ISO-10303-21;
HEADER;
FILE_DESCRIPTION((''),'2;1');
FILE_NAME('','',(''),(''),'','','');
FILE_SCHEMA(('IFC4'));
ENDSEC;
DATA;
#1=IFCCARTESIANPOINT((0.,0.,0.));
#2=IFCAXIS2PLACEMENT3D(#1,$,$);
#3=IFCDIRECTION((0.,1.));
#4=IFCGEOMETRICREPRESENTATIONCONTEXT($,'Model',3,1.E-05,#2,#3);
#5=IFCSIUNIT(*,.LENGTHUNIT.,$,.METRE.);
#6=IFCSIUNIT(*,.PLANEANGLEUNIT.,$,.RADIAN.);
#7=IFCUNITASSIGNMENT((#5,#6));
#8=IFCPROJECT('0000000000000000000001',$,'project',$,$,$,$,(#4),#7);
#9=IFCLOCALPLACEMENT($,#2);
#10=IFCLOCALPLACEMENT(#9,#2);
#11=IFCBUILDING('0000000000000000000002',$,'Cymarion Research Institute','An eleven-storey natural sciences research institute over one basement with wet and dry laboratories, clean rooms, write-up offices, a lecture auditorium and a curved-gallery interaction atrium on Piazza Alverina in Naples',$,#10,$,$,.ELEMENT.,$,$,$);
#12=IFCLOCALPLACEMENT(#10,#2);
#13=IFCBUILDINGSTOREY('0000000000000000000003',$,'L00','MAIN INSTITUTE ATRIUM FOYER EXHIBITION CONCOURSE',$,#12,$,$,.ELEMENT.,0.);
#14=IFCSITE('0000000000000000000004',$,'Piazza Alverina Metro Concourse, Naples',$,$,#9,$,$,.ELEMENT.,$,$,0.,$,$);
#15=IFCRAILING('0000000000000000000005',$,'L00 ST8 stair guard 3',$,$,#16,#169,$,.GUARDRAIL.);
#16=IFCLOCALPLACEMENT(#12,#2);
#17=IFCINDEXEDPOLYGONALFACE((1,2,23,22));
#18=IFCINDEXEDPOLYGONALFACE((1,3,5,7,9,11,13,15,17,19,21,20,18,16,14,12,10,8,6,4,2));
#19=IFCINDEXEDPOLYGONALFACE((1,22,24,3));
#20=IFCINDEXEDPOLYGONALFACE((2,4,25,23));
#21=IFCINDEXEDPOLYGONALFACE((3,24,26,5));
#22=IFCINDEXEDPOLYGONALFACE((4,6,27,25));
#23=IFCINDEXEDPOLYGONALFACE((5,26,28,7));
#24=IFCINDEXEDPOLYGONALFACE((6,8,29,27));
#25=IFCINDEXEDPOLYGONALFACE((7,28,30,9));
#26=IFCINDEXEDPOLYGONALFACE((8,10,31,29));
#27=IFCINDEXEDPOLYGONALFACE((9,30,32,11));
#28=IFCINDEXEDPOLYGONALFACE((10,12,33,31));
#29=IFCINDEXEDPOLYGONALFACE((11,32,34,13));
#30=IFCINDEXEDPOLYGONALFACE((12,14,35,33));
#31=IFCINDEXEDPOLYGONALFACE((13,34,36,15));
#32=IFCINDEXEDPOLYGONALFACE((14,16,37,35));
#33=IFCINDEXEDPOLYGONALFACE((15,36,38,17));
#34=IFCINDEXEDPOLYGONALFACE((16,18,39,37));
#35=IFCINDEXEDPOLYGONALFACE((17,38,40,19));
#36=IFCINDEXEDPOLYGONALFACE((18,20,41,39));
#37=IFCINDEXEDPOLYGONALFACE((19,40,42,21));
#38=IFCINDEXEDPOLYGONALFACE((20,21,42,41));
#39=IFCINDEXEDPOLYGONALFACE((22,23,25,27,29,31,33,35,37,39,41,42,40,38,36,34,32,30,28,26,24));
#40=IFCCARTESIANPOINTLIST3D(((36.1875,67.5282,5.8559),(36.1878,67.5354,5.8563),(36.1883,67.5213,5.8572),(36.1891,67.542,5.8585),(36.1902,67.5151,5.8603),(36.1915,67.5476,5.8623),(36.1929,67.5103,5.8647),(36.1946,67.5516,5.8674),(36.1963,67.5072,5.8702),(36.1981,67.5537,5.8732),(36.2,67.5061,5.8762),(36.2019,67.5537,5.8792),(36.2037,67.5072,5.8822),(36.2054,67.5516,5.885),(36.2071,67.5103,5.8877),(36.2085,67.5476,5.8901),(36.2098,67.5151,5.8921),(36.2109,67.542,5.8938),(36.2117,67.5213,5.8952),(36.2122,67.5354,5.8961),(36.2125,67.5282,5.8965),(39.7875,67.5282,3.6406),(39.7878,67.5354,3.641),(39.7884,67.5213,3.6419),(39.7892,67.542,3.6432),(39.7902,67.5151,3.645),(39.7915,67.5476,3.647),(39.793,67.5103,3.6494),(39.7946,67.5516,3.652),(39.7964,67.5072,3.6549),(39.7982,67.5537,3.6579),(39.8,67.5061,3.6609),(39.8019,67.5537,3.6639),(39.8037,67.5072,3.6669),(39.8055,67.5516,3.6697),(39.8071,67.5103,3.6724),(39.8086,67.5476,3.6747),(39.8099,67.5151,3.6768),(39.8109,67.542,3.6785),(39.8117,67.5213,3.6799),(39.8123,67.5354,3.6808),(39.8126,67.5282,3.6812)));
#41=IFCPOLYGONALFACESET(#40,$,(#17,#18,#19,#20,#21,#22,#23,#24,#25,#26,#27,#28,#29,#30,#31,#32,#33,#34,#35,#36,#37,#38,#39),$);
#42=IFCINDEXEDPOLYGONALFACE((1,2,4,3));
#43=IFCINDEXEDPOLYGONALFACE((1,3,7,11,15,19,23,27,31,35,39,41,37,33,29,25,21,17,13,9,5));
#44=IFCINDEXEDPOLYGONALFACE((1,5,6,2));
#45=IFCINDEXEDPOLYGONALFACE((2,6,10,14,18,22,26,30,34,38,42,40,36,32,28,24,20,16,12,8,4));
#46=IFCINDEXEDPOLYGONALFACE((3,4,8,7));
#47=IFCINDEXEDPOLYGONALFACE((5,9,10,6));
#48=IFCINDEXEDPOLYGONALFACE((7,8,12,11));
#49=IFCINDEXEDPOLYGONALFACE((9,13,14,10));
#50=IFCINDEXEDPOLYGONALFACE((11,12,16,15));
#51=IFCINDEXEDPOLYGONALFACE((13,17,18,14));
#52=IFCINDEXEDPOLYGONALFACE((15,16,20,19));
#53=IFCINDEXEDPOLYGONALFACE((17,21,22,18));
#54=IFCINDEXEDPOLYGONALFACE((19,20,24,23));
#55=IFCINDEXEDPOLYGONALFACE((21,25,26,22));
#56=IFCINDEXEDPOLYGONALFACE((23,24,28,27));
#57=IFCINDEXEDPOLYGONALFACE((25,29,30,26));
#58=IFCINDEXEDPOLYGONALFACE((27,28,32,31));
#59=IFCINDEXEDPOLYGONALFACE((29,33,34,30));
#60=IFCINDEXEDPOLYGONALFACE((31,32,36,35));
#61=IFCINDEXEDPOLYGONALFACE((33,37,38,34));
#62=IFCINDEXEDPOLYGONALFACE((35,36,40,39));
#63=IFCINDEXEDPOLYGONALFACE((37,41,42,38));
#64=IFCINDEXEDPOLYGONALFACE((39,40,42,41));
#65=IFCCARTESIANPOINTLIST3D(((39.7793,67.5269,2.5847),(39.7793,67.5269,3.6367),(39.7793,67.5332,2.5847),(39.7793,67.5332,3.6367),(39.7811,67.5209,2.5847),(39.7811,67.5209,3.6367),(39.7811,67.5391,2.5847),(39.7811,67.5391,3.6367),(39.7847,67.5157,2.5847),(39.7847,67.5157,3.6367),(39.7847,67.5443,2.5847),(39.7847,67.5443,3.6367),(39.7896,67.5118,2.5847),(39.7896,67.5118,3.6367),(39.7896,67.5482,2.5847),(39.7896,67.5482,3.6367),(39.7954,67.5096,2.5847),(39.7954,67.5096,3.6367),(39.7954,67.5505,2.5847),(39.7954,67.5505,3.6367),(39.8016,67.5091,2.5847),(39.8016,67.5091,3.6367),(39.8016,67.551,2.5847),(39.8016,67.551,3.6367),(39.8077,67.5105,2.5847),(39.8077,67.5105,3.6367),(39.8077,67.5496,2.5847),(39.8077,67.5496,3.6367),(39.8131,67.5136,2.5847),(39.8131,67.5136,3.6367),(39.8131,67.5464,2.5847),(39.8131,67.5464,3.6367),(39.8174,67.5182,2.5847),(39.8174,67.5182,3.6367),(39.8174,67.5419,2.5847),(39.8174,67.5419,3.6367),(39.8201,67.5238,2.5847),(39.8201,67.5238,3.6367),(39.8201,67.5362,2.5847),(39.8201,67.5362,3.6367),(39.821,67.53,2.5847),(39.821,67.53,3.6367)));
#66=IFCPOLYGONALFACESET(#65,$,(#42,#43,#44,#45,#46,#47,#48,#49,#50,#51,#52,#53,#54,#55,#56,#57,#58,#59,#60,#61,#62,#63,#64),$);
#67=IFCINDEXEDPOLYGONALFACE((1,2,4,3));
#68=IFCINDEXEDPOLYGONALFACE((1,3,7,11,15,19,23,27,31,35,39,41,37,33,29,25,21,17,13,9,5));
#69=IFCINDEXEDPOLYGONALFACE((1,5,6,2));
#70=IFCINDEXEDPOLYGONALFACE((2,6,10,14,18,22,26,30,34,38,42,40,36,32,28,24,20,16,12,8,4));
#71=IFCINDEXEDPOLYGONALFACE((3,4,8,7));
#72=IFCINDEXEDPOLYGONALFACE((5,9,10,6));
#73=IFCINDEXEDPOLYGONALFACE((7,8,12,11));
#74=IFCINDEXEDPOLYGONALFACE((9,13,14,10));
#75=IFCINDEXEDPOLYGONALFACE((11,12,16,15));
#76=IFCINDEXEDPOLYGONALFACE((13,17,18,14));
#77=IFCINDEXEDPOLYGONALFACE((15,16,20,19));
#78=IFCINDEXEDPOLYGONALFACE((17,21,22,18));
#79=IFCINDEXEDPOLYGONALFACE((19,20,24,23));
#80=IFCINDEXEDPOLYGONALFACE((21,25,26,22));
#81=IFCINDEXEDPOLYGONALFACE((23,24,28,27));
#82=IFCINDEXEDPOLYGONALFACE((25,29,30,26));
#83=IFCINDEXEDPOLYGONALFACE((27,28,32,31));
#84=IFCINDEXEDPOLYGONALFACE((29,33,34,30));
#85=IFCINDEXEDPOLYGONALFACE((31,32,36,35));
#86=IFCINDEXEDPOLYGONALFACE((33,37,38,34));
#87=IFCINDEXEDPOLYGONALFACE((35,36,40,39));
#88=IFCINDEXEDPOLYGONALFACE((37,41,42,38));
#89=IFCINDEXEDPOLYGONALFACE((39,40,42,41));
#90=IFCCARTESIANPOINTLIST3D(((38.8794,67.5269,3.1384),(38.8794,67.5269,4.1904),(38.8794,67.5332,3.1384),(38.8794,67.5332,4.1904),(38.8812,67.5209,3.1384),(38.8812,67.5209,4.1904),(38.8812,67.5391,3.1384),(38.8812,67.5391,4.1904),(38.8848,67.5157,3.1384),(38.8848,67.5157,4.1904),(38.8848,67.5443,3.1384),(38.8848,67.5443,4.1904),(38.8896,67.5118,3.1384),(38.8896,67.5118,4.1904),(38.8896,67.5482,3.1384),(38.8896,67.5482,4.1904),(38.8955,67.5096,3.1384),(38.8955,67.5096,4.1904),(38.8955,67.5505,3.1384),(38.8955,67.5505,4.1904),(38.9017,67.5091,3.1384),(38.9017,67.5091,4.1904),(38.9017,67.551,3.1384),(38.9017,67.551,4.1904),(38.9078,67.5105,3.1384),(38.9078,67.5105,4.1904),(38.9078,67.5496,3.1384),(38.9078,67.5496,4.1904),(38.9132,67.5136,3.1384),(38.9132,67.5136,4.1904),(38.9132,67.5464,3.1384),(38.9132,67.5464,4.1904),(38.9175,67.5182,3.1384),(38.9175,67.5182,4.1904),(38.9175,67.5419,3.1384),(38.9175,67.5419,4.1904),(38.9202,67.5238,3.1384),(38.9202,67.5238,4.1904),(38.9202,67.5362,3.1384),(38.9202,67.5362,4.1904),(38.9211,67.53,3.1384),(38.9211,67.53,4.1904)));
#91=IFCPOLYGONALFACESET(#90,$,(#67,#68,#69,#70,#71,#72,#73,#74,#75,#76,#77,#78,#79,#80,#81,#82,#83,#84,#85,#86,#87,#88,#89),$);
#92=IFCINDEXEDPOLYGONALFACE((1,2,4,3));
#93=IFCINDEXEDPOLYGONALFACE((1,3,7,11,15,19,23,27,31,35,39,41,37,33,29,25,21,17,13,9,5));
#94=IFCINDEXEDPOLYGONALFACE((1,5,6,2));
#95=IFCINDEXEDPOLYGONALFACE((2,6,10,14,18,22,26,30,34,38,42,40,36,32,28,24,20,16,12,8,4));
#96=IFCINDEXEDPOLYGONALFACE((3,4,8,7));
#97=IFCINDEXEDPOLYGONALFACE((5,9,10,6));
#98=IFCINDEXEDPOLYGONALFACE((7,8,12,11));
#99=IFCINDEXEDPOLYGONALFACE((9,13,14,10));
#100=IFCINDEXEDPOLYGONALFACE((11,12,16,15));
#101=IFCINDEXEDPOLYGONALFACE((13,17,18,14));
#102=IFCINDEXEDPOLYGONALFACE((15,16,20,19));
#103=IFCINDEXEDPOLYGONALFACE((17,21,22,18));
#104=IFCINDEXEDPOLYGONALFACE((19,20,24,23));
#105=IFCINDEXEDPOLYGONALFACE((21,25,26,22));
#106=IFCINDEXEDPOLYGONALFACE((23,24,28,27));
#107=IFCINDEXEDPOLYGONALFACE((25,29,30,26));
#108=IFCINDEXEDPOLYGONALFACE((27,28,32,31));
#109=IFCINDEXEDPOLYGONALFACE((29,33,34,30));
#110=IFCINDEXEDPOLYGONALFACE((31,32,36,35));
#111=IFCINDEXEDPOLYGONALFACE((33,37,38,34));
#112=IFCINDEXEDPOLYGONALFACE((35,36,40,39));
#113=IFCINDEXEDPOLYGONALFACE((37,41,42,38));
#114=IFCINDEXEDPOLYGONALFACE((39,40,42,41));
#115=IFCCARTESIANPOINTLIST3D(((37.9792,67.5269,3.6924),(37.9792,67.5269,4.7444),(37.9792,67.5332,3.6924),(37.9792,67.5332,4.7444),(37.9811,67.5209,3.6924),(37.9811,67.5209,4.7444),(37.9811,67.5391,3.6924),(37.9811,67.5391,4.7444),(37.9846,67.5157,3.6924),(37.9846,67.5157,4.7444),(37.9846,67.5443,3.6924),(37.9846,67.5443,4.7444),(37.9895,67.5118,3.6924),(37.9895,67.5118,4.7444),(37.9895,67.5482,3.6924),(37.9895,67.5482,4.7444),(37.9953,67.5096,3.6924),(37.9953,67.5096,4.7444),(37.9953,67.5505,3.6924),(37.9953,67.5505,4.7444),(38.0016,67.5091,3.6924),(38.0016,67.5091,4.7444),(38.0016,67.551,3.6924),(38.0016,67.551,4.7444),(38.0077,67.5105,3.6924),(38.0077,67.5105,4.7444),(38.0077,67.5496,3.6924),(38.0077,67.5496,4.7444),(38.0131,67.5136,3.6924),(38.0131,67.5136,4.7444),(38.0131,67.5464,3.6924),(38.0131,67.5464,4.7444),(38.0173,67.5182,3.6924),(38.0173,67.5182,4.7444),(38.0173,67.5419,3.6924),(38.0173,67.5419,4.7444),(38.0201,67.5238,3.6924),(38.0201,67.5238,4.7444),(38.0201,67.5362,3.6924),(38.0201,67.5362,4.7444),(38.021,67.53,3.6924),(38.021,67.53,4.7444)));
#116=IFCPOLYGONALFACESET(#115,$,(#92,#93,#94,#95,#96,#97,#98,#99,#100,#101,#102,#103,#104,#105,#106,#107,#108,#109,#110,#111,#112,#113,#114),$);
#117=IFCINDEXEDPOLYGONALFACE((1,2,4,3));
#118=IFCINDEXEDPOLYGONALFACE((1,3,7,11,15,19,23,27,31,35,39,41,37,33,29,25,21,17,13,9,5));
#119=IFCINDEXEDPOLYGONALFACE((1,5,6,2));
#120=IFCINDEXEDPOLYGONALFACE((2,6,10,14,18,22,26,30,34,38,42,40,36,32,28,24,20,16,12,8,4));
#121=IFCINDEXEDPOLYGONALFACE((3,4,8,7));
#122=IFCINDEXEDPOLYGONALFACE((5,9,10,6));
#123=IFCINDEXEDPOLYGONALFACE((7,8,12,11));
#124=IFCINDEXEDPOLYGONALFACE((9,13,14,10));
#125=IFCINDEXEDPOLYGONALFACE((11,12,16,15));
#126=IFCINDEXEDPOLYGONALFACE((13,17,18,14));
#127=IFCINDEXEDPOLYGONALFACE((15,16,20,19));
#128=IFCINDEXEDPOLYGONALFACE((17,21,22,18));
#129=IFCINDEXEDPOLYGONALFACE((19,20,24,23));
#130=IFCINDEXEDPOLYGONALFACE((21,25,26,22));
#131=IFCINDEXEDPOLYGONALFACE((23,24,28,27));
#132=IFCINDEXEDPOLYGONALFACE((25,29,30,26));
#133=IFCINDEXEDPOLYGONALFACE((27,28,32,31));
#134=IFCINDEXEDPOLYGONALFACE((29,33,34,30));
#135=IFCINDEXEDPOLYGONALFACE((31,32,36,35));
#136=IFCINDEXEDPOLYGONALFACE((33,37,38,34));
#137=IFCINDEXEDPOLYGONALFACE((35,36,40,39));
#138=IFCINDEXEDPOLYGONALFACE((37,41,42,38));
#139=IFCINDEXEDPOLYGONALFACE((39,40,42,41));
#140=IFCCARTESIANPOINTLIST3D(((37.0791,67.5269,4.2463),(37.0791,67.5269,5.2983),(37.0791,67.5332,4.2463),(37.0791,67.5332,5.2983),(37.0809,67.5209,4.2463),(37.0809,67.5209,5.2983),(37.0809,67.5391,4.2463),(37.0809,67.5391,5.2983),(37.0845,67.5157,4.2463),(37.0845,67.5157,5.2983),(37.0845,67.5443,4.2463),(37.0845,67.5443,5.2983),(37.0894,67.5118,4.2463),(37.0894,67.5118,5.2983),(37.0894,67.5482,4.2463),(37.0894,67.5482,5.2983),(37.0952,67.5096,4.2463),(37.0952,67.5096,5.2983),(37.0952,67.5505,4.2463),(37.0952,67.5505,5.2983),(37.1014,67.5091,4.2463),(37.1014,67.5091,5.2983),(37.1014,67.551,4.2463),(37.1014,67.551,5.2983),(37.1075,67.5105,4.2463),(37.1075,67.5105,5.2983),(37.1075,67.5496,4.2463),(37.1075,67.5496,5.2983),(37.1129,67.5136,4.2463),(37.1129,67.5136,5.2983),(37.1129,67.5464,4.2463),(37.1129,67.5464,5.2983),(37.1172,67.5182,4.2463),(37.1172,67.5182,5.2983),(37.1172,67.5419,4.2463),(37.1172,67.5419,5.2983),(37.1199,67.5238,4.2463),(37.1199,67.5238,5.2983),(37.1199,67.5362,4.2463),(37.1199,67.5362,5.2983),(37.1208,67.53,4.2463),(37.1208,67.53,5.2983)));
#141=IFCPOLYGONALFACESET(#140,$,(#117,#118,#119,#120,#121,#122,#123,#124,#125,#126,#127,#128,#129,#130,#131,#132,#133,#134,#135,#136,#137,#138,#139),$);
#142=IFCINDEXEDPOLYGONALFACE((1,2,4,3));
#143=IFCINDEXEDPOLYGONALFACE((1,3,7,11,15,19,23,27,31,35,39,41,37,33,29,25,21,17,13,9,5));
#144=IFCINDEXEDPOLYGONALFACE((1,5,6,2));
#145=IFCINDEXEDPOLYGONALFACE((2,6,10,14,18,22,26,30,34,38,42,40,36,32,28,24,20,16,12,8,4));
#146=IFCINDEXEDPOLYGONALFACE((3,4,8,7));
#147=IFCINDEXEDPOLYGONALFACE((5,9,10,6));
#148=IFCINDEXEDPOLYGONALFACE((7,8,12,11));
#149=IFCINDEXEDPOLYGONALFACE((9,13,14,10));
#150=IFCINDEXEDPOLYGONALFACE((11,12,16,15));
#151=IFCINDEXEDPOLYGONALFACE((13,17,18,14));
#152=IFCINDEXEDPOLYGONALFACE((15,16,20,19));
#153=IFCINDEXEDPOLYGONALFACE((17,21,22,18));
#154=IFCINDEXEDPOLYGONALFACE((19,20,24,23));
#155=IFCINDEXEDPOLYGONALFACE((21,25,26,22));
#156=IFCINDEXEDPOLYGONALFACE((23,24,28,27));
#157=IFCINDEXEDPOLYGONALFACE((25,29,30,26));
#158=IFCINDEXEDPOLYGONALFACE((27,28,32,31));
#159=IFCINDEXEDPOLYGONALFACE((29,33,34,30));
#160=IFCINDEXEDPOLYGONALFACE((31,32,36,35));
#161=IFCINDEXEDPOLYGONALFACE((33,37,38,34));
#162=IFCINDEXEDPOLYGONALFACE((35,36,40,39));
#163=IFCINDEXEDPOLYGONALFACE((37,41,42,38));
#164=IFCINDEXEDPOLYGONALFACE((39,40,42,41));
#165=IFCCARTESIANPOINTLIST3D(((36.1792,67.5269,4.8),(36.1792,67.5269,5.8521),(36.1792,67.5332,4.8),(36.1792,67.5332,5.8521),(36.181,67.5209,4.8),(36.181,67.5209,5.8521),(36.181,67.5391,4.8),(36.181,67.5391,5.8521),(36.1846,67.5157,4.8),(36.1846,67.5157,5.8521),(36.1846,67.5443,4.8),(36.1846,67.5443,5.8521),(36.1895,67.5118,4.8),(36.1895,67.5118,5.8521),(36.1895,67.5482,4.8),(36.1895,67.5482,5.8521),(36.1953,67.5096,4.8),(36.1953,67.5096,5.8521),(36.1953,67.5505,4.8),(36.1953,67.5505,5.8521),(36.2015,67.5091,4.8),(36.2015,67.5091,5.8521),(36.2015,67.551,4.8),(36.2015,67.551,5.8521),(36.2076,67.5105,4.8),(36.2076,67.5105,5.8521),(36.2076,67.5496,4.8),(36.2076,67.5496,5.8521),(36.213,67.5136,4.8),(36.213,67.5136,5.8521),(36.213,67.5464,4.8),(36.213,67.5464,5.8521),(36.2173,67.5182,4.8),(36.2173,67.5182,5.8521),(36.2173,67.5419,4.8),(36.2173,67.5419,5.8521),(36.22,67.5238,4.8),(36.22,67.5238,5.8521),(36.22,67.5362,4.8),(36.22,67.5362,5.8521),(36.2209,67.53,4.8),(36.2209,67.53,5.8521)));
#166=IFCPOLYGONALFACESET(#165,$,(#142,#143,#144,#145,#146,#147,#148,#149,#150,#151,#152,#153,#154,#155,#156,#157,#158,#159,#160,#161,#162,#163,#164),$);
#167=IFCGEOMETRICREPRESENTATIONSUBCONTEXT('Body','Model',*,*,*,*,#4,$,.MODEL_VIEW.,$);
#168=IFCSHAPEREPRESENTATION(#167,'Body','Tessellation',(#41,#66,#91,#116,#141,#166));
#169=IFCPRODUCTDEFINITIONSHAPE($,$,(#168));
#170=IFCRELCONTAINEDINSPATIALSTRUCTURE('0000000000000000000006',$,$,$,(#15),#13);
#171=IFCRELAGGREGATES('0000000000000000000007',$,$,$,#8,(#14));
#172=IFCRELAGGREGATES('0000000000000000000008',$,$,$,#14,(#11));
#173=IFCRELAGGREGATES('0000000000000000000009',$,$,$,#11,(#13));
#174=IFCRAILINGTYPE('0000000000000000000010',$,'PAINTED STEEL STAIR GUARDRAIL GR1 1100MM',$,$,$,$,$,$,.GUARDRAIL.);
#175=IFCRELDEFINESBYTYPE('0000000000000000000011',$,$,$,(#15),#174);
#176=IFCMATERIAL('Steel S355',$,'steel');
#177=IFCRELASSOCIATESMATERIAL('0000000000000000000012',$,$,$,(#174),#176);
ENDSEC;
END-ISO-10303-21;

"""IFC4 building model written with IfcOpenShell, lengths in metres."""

from ifc_helpers import new_model, si_unit, direction, frame, origin, origin_2d, place, context, subcontext, project, spatial, circle, extrude, material, type_object, element, save


model = new_model("IFC4")

# Units and contexts
model_context = context("Model", 3, precision=1e-05, world=origin(), true_north=direction((0.0, 1.0)))
body_context = subcontext(model_context, "Body", "Model", "MODEL_VIEW")
ifc_project = project(units=[si_unit("LENGTHUNIT", "METRE"), si_unit("PLANEANGLEUNIT", "RADIAN")], contexts=[model_context])

# Site, building, storey
site_placement = place(None, origin())
site = spatial("IfcSite", under=ifc_project, at=site_placement, Name="Piazza Alverina Metro Concourse, Naples", CompositionType="ELEMENT", RefElevation=0.0)
building_placement = place(site_placement, origin())
building = spatial("IfcBuilding", under=site, at=building_placement, Name="Cymarion Research Institute", Description="An eleven-storey natural sciences research institute over one basement with wet and dry laboratories, clean rooms, write-up offices, a lecture auditorium and a curved-gallery interaction atrium on Piazza Alverina in Naples", CompositionType="ELEMENT")
storey_placement = place(building_placement, origin())
storey = spatial("IfcBuildingStorey", under=building, at=storey_placement, Name="L00", Description="MAIN INSTITUTE ATRIUM FOYER EXHIBITION CONCOURSE", CompositionType="ELEMENT", Elevation=0.0)

# Shared definitions
ifc_material_1 = material(Name="Steel S355", Category="steel")

# Railing
railing_type_1 = type_object("IfcRailingType", Name="PAINTED STEEL STAIR GUARDRAIL GR1 1100MM", PredefinedType="GUARDRAIL", material=ifc_material_1)
railing_1_placement = place(storey_placement, frame((39.8, 67.53, 2.5847)))
element("IfcRailing", 1, at=railing_1_placement, inside=storey, type_object=railing_type_1, Name="L00 ST8 stair guard 3", PredefinedType="GUARDRAIL", context=body_context, shape_type="SweptSolid", body=[
    extrude(circle(Radius=0.0239, at=origin_2d()), frame((0.0, 0.0, 1.0762), z_axis=(-0.85167, 0.0, 0.524078), x_axis=(0.0, -1.0, 0.0)), (0.0, 0.0, 1.0), 4.2271),
    extrude(circle(Radius=0.021, at=origin_2d()), origin(), (0.0, 0.0, 1.0), 1.052),
    extrude(circle(Radius=0.021, at=origin_2d()), frame((-0.8999, 0.0, 0.5537)), (0.0, 0.0, 1.0), 1.052),
    extrude(circle(Radius=0.021, at=origin_2d()), frame((-1.8, 0.0, 1.1077)), (0.0, 0.0, 1.0), 1.052),
    extrude(circle(Radius=0.021, at=origin_2d()), frame((-2.7002, 0.0, 1.6616)), (0.0, 0.0, 1.0), 1.052),
    extrude(circle(Radius=0.021, at=origin_2d()), frame((-3.6001, 0.0, 2.2153)), (0.0, 0.0, 1.0), 1.052),
])

save(model, "model.ifc")
